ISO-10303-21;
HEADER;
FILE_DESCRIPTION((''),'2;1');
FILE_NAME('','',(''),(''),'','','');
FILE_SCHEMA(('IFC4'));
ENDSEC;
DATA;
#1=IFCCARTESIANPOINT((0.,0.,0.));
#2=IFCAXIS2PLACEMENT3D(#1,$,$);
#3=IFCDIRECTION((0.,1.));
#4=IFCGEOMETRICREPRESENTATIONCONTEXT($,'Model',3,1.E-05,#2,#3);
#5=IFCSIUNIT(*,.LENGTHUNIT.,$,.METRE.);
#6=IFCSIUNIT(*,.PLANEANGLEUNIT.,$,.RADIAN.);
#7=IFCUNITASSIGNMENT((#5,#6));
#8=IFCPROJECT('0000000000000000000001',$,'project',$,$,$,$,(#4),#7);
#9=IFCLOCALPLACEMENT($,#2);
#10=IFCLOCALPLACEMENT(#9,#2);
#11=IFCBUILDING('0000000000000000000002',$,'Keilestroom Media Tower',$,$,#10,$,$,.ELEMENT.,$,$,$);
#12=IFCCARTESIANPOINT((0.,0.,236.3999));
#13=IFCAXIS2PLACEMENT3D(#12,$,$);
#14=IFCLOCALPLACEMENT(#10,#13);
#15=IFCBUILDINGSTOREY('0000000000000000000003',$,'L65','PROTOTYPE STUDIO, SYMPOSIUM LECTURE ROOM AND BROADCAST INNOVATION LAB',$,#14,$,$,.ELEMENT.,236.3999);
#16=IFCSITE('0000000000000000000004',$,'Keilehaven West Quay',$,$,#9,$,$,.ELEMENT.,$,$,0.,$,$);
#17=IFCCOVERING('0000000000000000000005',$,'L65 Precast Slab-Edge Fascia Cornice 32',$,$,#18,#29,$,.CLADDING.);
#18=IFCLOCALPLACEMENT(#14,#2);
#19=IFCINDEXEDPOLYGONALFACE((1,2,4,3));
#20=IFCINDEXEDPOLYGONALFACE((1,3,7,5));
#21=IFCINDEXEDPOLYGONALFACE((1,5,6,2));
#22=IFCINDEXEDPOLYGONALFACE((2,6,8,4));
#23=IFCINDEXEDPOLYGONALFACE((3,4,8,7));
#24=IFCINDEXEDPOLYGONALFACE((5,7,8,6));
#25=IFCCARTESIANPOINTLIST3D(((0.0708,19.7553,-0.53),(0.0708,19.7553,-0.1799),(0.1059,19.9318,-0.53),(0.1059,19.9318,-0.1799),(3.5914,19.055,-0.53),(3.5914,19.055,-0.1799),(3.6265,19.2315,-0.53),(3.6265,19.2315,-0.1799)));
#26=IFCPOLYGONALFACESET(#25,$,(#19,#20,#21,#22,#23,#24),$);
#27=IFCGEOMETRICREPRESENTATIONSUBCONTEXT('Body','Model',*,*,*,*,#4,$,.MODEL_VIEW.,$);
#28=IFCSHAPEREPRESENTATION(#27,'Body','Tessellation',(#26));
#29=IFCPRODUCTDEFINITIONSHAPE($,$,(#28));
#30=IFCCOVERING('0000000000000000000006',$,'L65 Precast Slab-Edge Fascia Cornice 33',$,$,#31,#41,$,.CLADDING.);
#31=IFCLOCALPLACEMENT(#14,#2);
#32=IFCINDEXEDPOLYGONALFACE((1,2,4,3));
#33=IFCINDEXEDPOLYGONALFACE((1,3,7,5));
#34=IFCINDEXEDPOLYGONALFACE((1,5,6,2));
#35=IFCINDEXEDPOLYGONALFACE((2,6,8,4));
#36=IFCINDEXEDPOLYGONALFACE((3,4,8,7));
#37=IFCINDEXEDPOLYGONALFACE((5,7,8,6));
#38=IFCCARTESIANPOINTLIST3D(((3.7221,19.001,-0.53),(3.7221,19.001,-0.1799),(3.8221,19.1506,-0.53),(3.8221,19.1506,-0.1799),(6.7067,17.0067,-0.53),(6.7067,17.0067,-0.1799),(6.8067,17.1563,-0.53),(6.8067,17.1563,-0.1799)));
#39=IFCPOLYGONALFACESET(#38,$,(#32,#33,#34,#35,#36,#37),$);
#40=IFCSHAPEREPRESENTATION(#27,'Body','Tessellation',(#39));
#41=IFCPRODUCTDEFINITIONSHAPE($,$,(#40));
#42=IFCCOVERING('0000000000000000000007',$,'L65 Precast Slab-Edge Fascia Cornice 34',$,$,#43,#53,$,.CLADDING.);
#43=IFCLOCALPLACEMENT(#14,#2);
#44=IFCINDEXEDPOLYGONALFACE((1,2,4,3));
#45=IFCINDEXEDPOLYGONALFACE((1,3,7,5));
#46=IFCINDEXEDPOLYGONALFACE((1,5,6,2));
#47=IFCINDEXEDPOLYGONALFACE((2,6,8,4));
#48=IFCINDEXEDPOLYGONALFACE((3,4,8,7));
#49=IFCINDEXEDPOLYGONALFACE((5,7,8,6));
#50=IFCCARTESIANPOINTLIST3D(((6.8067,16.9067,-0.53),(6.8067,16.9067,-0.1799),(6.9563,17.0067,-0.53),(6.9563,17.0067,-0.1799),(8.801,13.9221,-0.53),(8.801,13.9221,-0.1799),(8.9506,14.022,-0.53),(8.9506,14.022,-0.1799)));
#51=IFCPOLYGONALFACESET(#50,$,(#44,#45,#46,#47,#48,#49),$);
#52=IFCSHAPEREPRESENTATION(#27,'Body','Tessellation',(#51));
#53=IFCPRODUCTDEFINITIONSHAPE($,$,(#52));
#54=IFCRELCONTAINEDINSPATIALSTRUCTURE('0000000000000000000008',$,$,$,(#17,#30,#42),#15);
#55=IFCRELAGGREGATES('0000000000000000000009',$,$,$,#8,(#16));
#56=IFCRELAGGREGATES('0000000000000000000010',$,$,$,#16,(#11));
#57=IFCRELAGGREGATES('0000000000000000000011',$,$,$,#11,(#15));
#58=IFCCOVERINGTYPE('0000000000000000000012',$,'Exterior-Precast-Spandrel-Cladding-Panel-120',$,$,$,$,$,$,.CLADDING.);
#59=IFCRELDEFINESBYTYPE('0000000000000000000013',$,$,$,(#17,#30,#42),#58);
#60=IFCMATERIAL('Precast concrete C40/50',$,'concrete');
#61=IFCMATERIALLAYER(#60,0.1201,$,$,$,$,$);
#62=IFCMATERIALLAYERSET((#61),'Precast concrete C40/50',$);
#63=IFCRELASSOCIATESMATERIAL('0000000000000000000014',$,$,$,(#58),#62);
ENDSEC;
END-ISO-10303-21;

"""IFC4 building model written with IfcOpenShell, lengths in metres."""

from ifc_helpers import new_model, si_unit, direction, frame, origin, origin_2d, place, context, subcontext, project, spatial, rectangle, extrude, source, transform, mapped, material, layer, layer_set, type_object, element, save


model = new_model("IFC4")

# Units and contexts
model_context = context("Model", 3, precision=1e-05, world=origin(), true_north=direction((0.0, 1.0)))
body_context = subcontext(model_context, "Body", "Model", "MODEL_VIEW")
ifc_project = project(units=[si_unit("LENGTHUNIT", "METRE"), si_unit("PLANEANGLEUNIT", "RADIAN")], contexts=[model_context])

# Site, building, storey
site_placement = place(None, origin())
site = spatial("IfcSite", under=ifc_project, at=site_placement, Name="Keilehaven West Quay", CompositionType="ELEMENT", RefElevation=0.0)
building_placement = place(site_placement, origin())
building = spatial("IfcBuilding", under=site, at=building_placement, Name="Keilestroom Media Tower", CompositionType="ELEMENT")
storey_placement = place(building_placement, frame((0.0, 0.0, 236.3999)))
storey = spatial("IfcBuildingStorey", under=building, at=storey_placement, Name="L65", Description="PROTOTYPE STUDIO, SYMPOSIUM LECTURE ROOM AND BROADCAST INNOVATION LAB", CompositionType="ELEMENT", Elevation=236.3999)

# Shared definitions
ifc_material_1 = material(Name="Precast concrete C40/50", Category="concrete")

# Coverings
ifc_layer_1 = layer(ifc_material_1, 0.1201)
ifc_layer_set_1 = layer_set([ifc_layer_1], Name="Precast concrete C40/50")
covering_type = type_object("IfcCoveringType", Name="Exterior-Precast-Spandrel-Cladding-Panel-120", PredefinedType="CLADDING", material=ifc_layer_set_1)
shared_shape_1 = source(origin(), body_context, "Body", "SweptSolid", [
    extrude(rectangle(XDim=3.5896, YDim=0.1799, at=origin_2d()), origin(), (0.0, 0.0, 1.0), 0.3501),
])
for number, where, z_axis, x_axis, name in (
    (1, (1.8486, 19.4934, -0.53), (0.0, 0.0, 1.0), (0.980784, -0.195099, 0.0), "L65 Precast Slab-Edge Fascia Cornice 32"),
    (2, (5.2644, 18.0786, -0.53), (0.0, 0.0, 1.0), (0.831467, -0.555575, 0.0), "L65 Precast Slab-Edge Fascia Cornice 33"),
    (3, (7.8787, 15.4644, -0.53), (0.0, 0.0, 1.0), (0.555575, -0.831467, 0.0), "L65 Precast Slab-Edge Fascia Cornice 34"),
):
    element("IfcCovering", number, at=place(storey_placement, frame(where, z_axis=z_axis, x_axis=x_axis)), inside=storey, type_object=covering_type, Name=name, PredefinedType="CLADDING", context=body_context, shape_type="MappedRepresentation", body=[
        mapped(shared_shape_1, transform((0.0, 0.0, 0.0), x_axis=(1.0, 0.0, 0.0), y_axis=(0.0, 1.0, 0.0), z_axis=(0.0, 0.0, 1.0), scale=1.0)),
    ])

save(model, "model.ifc")
